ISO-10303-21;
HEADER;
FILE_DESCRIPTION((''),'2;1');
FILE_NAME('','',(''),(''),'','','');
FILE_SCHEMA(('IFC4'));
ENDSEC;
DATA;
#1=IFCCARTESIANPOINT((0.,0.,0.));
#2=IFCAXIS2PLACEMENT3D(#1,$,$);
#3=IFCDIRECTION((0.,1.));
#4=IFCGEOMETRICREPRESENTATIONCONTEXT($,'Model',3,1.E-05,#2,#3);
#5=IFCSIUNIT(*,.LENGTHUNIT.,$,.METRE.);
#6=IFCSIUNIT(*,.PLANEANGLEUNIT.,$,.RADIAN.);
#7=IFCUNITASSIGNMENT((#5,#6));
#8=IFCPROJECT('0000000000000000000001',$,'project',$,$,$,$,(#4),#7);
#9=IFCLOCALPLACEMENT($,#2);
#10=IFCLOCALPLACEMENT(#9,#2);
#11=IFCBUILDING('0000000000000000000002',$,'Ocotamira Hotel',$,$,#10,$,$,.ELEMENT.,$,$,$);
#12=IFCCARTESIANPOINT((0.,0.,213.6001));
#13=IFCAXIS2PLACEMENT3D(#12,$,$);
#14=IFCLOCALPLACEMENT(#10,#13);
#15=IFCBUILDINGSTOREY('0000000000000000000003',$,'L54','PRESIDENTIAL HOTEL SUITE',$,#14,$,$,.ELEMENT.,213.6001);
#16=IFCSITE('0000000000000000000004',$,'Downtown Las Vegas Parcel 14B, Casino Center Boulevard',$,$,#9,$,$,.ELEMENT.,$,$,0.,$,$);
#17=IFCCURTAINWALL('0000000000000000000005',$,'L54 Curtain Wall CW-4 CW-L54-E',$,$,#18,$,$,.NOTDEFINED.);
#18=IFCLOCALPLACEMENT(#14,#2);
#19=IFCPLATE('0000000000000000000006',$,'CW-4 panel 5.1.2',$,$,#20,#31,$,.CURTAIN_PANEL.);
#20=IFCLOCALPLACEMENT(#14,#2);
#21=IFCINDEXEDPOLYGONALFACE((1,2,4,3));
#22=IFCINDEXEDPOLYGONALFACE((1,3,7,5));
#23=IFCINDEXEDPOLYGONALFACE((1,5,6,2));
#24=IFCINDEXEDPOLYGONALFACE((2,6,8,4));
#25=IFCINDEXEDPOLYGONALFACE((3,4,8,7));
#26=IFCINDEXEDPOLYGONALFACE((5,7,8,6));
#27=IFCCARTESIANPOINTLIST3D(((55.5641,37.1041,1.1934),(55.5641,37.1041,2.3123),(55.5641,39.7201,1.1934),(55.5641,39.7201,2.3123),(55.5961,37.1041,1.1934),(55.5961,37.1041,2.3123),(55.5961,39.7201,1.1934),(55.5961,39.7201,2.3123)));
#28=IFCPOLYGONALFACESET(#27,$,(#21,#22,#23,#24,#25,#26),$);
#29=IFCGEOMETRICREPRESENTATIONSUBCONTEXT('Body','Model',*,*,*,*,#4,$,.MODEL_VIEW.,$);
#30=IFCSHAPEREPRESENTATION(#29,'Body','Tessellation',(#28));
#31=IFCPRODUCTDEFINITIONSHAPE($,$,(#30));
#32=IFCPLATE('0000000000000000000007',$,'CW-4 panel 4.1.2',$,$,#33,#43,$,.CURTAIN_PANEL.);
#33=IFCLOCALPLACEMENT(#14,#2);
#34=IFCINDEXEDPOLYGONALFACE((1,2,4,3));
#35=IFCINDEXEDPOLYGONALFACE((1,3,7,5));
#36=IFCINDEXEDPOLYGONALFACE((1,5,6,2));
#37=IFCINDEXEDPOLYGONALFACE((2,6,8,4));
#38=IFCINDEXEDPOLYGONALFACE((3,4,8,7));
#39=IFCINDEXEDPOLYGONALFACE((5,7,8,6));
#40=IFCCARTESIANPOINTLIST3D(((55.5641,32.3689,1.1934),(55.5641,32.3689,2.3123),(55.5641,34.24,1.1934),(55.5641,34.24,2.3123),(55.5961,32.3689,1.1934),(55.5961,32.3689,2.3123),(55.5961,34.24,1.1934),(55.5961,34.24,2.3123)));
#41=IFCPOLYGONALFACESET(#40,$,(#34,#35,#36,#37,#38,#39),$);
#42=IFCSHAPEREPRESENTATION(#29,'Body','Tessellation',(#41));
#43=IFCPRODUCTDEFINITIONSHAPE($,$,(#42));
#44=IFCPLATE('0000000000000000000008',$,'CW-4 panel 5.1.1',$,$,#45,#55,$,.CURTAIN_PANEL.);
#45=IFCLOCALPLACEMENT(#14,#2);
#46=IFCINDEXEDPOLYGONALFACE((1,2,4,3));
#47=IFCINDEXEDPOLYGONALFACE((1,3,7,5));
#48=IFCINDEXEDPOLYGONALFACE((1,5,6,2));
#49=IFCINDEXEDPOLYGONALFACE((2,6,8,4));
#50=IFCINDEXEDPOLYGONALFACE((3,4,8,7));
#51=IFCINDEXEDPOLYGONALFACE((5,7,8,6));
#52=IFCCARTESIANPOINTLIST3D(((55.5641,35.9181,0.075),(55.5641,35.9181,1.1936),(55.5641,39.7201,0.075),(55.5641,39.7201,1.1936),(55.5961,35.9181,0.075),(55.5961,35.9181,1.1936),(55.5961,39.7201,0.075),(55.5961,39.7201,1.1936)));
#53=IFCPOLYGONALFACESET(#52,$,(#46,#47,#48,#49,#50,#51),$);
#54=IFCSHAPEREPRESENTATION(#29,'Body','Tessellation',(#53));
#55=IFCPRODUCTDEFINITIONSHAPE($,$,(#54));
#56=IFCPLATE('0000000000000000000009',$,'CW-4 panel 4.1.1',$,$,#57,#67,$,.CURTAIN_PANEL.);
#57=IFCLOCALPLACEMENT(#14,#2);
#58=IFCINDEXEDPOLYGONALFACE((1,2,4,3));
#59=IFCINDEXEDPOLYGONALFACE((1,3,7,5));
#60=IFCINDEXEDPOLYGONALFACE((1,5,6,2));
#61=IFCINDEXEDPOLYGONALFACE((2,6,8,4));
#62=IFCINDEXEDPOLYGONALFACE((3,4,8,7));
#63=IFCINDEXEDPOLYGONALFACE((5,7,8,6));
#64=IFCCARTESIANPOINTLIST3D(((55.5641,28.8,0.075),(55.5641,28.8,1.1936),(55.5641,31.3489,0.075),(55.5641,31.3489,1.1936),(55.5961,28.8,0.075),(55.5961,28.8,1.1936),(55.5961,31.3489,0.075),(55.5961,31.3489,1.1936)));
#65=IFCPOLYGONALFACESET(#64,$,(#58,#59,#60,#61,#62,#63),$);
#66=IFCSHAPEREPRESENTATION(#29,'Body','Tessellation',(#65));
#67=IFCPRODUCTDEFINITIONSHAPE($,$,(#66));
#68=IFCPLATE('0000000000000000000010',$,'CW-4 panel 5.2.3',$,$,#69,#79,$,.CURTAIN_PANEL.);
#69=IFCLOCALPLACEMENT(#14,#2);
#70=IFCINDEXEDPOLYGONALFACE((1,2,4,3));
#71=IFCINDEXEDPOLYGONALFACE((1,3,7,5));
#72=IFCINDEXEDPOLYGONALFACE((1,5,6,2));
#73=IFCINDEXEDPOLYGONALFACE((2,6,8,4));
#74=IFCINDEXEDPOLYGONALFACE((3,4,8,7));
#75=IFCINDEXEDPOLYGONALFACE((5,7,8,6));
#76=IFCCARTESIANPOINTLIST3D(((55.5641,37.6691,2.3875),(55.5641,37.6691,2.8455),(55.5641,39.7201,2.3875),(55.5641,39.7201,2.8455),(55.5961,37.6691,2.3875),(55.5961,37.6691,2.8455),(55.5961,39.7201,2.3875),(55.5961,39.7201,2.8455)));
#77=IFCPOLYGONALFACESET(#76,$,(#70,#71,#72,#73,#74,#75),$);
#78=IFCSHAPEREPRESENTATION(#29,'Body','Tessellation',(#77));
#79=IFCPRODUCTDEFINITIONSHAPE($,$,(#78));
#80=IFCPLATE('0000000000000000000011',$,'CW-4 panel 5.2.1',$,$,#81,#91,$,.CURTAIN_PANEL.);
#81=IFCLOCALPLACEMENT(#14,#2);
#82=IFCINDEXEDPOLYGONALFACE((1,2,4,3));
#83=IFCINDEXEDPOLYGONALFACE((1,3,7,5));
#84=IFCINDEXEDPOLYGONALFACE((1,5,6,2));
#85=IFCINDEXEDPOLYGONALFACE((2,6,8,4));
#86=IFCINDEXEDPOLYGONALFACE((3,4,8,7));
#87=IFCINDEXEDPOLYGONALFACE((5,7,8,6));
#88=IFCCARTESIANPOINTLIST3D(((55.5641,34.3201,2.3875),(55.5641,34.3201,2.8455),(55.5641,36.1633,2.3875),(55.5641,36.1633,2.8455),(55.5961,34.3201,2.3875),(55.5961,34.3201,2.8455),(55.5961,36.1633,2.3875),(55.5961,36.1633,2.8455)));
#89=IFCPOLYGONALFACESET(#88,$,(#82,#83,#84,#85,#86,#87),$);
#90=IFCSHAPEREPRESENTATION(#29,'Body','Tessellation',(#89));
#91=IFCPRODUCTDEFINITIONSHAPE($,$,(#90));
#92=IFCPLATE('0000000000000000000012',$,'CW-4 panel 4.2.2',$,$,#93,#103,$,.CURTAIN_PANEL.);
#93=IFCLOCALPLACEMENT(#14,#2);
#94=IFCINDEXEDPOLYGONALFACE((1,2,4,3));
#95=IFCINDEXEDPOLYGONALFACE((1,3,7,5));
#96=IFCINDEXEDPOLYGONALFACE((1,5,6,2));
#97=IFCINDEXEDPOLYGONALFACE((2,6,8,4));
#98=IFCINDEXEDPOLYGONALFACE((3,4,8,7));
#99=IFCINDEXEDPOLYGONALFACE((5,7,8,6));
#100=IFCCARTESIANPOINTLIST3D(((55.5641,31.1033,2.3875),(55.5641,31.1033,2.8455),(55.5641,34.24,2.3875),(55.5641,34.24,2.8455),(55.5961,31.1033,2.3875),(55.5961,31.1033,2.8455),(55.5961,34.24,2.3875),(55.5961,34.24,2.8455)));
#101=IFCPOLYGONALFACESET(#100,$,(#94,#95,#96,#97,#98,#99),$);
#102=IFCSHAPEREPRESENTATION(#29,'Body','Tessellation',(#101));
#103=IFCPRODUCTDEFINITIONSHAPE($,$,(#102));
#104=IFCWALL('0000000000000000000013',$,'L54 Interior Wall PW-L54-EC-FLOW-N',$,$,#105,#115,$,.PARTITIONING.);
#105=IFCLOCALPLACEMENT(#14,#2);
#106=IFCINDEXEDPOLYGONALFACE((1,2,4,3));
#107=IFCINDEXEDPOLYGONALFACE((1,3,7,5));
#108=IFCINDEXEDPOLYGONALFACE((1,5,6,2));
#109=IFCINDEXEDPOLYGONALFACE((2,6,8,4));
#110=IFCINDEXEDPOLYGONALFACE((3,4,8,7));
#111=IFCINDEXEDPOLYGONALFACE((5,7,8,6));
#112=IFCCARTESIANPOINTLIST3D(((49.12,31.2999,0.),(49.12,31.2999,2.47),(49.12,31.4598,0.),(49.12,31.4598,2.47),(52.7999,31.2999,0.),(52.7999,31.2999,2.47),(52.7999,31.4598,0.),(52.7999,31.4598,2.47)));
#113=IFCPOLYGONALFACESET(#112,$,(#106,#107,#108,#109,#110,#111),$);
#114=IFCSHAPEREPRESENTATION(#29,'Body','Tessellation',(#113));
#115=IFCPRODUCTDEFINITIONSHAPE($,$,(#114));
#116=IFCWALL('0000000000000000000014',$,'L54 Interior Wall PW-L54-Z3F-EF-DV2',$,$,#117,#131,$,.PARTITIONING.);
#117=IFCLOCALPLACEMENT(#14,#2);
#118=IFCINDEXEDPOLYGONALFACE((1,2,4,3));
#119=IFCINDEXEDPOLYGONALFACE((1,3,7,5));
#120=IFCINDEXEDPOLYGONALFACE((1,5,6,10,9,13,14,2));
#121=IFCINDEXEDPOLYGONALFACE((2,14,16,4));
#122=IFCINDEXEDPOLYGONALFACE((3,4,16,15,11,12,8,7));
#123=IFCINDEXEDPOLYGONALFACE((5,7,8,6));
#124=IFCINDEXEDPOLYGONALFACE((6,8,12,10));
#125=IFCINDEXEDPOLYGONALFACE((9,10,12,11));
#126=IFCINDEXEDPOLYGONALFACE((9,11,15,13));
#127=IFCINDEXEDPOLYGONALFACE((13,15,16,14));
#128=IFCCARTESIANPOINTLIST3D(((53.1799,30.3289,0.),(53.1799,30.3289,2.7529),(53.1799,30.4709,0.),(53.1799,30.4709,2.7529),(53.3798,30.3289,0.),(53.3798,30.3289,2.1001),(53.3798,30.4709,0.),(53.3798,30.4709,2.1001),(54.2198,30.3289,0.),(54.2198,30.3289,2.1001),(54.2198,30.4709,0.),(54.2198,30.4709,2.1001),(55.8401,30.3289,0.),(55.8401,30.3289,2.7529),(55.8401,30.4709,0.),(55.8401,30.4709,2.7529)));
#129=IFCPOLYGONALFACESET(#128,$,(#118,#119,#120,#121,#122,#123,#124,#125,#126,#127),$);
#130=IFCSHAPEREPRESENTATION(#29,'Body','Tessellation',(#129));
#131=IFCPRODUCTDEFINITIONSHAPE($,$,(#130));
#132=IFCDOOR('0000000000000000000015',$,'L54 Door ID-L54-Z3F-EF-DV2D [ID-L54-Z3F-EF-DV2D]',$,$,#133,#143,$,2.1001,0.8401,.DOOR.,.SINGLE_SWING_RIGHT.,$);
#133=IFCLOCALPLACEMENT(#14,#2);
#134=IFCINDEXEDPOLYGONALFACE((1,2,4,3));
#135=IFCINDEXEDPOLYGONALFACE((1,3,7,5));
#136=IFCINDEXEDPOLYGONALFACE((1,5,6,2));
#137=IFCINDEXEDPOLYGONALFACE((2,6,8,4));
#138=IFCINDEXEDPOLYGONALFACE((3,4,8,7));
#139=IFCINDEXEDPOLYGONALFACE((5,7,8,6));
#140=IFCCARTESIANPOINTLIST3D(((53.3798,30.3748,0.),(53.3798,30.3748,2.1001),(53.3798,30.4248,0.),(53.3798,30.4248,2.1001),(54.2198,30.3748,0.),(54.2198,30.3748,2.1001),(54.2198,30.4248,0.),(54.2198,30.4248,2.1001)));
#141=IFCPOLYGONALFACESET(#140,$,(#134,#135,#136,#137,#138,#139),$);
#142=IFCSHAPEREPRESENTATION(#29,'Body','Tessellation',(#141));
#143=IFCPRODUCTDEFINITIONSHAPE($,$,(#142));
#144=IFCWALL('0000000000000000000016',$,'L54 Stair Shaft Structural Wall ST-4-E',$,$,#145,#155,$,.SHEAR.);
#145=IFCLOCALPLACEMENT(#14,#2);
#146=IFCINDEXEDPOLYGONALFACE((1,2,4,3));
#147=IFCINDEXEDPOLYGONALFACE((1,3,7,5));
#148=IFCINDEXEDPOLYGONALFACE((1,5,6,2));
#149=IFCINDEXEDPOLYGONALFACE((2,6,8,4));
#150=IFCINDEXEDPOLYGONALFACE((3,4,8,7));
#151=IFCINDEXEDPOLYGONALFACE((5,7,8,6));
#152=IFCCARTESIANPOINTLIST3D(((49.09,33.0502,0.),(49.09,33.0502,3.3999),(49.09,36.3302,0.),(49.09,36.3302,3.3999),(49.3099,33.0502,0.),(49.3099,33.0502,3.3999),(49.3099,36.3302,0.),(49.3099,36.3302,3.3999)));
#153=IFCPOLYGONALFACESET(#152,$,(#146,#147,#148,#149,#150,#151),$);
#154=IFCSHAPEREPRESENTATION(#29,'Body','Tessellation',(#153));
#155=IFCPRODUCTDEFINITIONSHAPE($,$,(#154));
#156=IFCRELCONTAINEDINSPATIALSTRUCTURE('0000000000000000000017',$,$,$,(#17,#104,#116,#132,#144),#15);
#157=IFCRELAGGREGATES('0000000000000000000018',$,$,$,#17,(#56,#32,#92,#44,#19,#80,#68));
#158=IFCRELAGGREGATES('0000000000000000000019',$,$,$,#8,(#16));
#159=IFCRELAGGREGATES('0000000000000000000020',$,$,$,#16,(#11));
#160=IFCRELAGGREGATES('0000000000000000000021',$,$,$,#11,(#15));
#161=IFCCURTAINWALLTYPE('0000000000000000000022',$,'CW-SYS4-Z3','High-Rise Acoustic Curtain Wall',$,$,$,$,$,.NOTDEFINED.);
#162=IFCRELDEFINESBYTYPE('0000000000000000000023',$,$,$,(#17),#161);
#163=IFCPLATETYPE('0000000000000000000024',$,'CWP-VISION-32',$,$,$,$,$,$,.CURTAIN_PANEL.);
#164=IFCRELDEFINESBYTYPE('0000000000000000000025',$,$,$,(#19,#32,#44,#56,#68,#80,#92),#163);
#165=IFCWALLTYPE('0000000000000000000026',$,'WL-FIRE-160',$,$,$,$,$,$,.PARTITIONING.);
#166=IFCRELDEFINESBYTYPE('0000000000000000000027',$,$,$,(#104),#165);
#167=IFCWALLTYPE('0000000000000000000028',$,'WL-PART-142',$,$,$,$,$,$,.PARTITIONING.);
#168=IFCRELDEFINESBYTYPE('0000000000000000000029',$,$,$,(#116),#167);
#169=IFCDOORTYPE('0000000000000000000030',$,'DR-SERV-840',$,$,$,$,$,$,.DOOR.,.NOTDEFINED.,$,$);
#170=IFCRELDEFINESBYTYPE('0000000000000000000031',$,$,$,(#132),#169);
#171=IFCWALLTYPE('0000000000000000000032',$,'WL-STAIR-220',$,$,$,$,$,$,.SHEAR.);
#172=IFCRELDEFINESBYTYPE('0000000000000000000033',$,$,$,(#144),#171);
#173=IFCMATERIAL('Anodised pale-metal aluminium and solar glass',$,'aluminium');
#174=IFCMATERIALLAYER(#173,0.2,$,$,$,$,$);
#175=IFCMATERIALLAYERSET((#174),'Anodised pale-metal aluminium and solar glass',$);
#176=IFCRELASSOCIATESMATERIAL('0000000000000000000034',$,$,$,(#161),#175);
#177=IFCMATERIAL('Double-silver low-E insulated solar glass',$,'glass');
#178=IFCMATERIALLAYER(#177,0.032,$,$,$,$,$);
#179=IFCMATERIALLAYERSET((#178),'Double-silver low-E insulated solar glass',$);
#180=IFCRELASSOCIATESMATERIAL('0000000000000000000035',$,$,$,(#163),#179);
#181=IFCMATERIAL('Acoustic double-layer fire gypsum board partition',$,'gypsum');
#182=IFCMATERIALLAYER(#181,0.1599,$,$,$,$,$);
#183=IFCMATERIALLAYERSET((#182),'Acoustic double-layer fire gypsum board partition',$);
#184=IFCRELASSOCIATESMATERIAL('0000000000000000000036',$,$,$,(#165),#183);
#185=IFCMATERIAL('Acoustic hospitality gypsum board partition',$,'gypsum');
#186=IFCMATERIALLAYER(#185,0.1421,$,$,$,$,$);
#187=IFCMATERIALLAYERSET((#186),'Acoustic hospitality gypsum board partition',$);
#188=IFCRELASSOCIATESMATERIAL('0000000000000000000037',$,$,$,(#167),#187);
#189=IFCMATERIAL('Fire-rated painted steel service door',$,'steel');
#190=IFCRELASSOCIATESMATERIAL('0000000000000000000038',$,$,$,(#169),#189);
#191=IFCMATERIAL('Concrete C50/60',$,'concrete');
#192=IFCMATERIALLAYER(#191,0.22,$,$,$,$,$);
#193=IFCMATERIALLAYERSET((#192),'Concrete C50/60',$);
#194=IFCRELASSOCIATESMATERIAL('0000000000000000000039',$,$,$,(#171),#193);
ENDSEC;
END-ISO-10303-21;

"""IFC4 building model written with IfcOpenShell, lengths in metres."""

from ifc_helpers import new_model, si_unit, direction, frame, frame_2d, origin, origin_2d, place, context, subcontext, project, spatial, rectangle, extrude, source, transform, mapped, material, layer, layer_set, type_object, element, fill, aggregate, save


model = new_model("IFC4")

# Units and contexts
model_context = context("Model", 3, precision=1e-05, world=origin(), true_north=direction((0.0, 1.0)))
body_context = subcontext(model_context, "Body", "Model", "MODEL_VIEW")
ifc_project = project(units=[si_unit("LENGTHUNIT", "METRE"), si_unit("PLANEANGLEUNIT", "RADIAN")], contexts=[model_context])

# Site, building, storey
site_placement = place(None, origin())
site = spatial("IfcSite", under=ifc_project, at=site_placement, Name="Downtown Las Vegas Parcel 14B, Casino Center Boulevard", CompositionType="ELEMENT", RefElevation=0.0)
building_placement = place(site_placement, origin())
building = spatial("IfcBuilding", under=site, at=building_placement, Name="Ocotamira Hotel", CompositionType="ELEMENT")
storey_placement = place(building_placement, frame((0.0, 0.0, 213.6001)))
storey = spatial("IfcBuildingStorey", under=building, at=storey_placement, Name="L54", Description="PRESIDENTIAL HOTEL SUITE", CompositionType="ELEMENT", Elevation=213.6001)

# Curtain wall
ifc_material_1 = material(Name="Anodised pale-metal aluminium and solar glass", Category="aluminium")
ifc_layer_1 = layer(ifc_material_1, 0.2)
ifc_layer_set_1 = layer_set([ifc_layer_1], Name="Anodised pale-metal aluminium and solar glass")
curtain_wall_type = type_object("IfcCurtainWallType", Name="CW-SYS4-Z3", Description="High-Rise Acoustic Curtain Wall", PredefinedType="NOTDEFINED", material=ifc_layer_set_1)
curtain_wall_placement = place(storey_placement, origin())
curtain_wall = element("IfcCurtainWall", 1, at=curtain_wall_placement, inside=storey, type_object=curtain_wall_type, Name="L54 Curtain Wall CW-4 CW-L54-E", PredefinedType="NOTDEFINED")

# Plates
ifc_material_2 = material(Name="Double-silver low-E insulated solar glass", Category="glass")
ifc_layer_2 = layer(ifc_material_2, 0.032)
ifc_layer_set_2 = layer_set([ifc_layer_2], Name="Double-silver low-E insulated solar glass")
plate_type_1 = type_object("IfcPlateType", Name="CWP-VISION-32", PredefinedType="CURTAIN_PANEL", material=ifc_layer_set_2)
shared_shape_1 = source(origin(), body_context, "Body", "SweptSolid", [
    extrude(rectangle(XDim=2.616, YDim=0.032, at=origin_2d()), origin(), (0.0, 0.0, 1.0), 1.1189),
])
plate_1_placement = place(storey_placement, frame((55.5801, 38.4121, 1.1934), z_axis=(0.0, 0.0, 1.0), x_axis=(0.0, 1.0, 0.0)))
plate_1 = element("IfcPlate", 2, at=plate_1_placement, type_object=plate_type_1, Name="CW-4 panel 5.1.2", PredefinedType="CURTAIN_PANEL", context=body_context, shape_type="MappedRepresentation", body=[
    mapped(shared_shape_1, transform((0.0, 0.0, 0.0), scale=1.0)),
])
shared_shape_2 = source(origin(), body_context, "Body", "SweptSolid", [
    extrude(rectangle(XDim=1.8711, YDim=0.032, at=origin_2d()), origin(), (0.0, 0.0, 1.0), 1.1189),
])
plate_2_placement = place(storey_placement, frame((55.5801, 33.3044, 1.1934), z_axis=(0.0, 0.0, 1.0), x_axis=(0.0, 1.0, 0.0)))
plate_2 = element("IfcPlate", 3, at=plate_2_placement, type_object=plate_type_1, Name="CW-4 panel 4.1.2", PredefinedType="CURTAIN_PANEL", context=body_context, shape_type="MappedRepresentation", body=[
    mapped(shared_shape_2, transform((0.0, 0.0, 0.0), scale=1.0)),
])
shared_shape_3 = source(origin(), body_context, "Body", "SweptSolid", [
    extrude(rectangle(XDim=3.802, YDim=0.032, at=origin_2d()), origin(), (0.0, 0.0, 1.0), 1.1187),
])
plate_3_placement = place(storey_placement, frame((55.5801, 37.8191, 0.075), z_axis=(0.0, 0.0, 1.0), x_axis=(0.0, 1.0, 0.0)))
plate_3 = element("IfcPlate", 4, at=plate_3_placement, type_object=plate_type_1, Name="CW-4 panel 5.1.1", PredefinedType="CURTAIN_PANEL", context=body_context, shape_type="MappedRepresentation", body=[
    mapped(shared_shape_3, transform((0.0, 0.0, 0.0), scale=1.0)),
])
shared_shape_4 = source(origin(), body_context, "Body", "SweptSolid", [
    extrude(rectangle(XDim=2.5488, YDim=0.032, at=origin_2d()), origin(), (0.0, 0.0, 1.0), 1.1187),
])
plate_4_placement = place(storey_placement, frame((55.5801, 30.0745, 0.075), z_axis=(0.0, 0.0, 1.0), x_axis=(0.0, 1.0, 0.0)))
plate_4 = element("IfcPlate", 5, at=plate_4_placement, type_object=plate_type_1, Name="CW-4 panel 4.1.1", PredefinedType="CURTAIN_PANEL", context=body_context, shape_type="MappedRepresentation", body=[
    mapped(shared_shape_4, transform((0.0, 0.0, 0.0), scale=1.0)),
])
shared_shape_5 = source(origin(), body_context, "Body", "SweptSolid", [
    extrude(rectangle(XDim=2.051, YDim=0.032, at=origin_2d()), origin(), (0.0, 0.0, 1.0), 0.458),
])
plate_5_placement = place(storey_placement, frame((55.5801, 38.6946, 2.3875), z_axis=(0.0, 0.0, 1.0), x_axis=(0.0, 1.0, 0.0)))
plate_5 = element("IfcPlate", 6, at=plate_5_placement, type_object=plate_type_1, Name="CW-4 panel 5.2.3", PredefinedType="CURTAIN_PANEL", context=body_context, shape_type="MappedRepresentation", body=[
    mapped(shared_shape_5, transform((0.0, 0.0, 0.0), scale=1.0)),
])
shared_shape_6 = source(origin(), body_context, "Body", "SweptSolid", [
    extrude(rectangle(XDim=1.8433, YDim=0.032, at=origin_2d()), origin(), (0.0, 0.0, 1.0), 0.458),
])
plate_6_placement = place(storey_placement, frame((55.5801, 35.2417, 2.3875), z_axis=(0.0, 0.0, 1.0), x_axis=(0.0, 1.0, 0.0)))
plate_6 = element("IfcPlate", 7, at=plate_6_placement, type_object=plate_type_1, Name="CW-4 panel 5.2.1", PredefinedType="CURTAIN_PANEL", context=body_context, shape_type="MappedRepresentation", body=[
    mapped(shared_shape_6, transform((0.0, 0.0, 0.0), scale=1.0)),
])
shared_shape_7 = source(origin(), body_context, "Body", "SweptSolid", [
    extrude(rectangle(XDim=3.1367, YDim=0.032, at=origin_2d()), origin(), (0.0, 0.0, 1.0), 0.458),
])
plate_7_placement = place(storey_placement, frame((55.5801, 32.6716, 2.3875), z_axis=(0.0, 0.0, 1.0), x_axis=(0.0, 1.0, 0.0)))
plate_7 = element("IfcPlate", 8, at=plate_7_placement, type_object=plate_type_1, Name="CW-4 panel 4.2.2", PredefinedType="CURTAIN_PANEL", context=body_context, shape_type="MappedRepresentation", body=[
    mapped(shared_shape_7, transform((0.0, 0.0, 0.0), scale=1.0)),
])
aggregate(curtain_wall, [plate_4, plate_2, plate_7, plate_3, plate_1, plate_6, plate_5])

# Wall
ifc_material_3 = material(Name="Acoustic double-layer fire gypsum board partition", Category="gypsum")
ifc_layer_3 = layer(ifc_material_3, 0.1599)
ifc_layer_set_3 = layer_set([ifc_layer_3], Name="Acoustic double-layer fire gypsum board partition")
wall_type_1 = type_object("IfcWallType", Name="WL-FIRE-160", PredefinedType="PARTITIONING", material=ifc_layer_set_3)
wall_1_placement = place(storey_placement, frame((49.1201, 31.3799, 0.0), z_axis=(0.0, 0.0, 1.0), x_axis=(1.0, 0.0, 0.0)))
element("IfcWall", 9, at=wall_1_placement, inside=storey, type_object=wall_type_1, Name="L54 Interior Wall PW-L54-EC-FLOW-N", PredefinedType="PARTITIONING", context=body_context, shape_type="SweptSolid", body=[
    extrude(rectangle(XDim=3.6799, YDim=0.1599, at=frame_2d((1.8398, 0.0))), origin(), (0.0, 0.0, 1.0), 2.47),
])

# Wall, opening, door
ifc_material_4 = material(Name="Acoustic hospitality gypsum board partition", Category="gypsum")
ifc_layer_4 = layer(ifc_material_4, 0.1421)
ifc_layer_set_4 = layer_set([ifc_layer_4], Name="Acoustic hospitality gypsum board partition")
wall_type_2 = type_object("IfcWallType", Name="WL-PART-142", PredefinedType="PARTITIONING", material=ifc_layer_set_4)
wall_2_placement = place(storey_placement, frame((53.1799, 30.3999, 0.0), z_axis=(0.0, 0.0, 1.0), x_axis=(1.0, 0.0, 0.0)))
wall_2 = element("IfcWall", 10, at=wall_2_placement, inside=storey, type_object=wall_type_2, Name="L54 Interior Wall PW-L54-Z3F-EF-DV2", PredefinedType="PARTITIONING", context=body_context, shape_type="SweptSolid", body=[
    extrude(rectangle(XDim=2.6602, YDim=0.1421, at=frame_2d((1.3301, 0.0))), origin(), (0.0, 0.0, 1.0), 2.7529),
])
opening_1_placement = place(wall_2_placement, frame((0.2, 0.0, 0.0)))
opening_1 = element("IfcOpeningElement", 11, at=opening_1_placement, cuts=wall_2, PredefinedType="OPENING", context=body_context, shape_type="SweptSolid", body=[
    extrude(rectangle(XDim=0.8401, YDim=2.1001, at=frame_2d((0.4199, 1.05))), frame((0.0, 0.0811, 0.0), z_axis=(0.0, -1.0, 0.0), x_axis=(1.0, 0.0, 0.0)), (0.0, 0.0, 1.0), 0.1621),
])
ifc_material_5 = material(Name="Fire-rated painted steel service door", Category="steel")
door_type_1 = type_object("IfcDoorType", Name="DR-SERV-840", OperationType="NOTDEFINED", PredefinedType="DOOR", material=ifc_material_5)
shared_shape_8 = source(origin(), body_context, "Body", "SweptSolid", [
    extrude(rectangle(XDim=0.8401, YDim=2.1001, at=frame_2d((0.4199, 1.05))), frame((0.0, 0.0249, 0.0), z_axis=(0.0, -1.0, 0.0), x_axis=(1.0, 0.0, 0.0)), (0.0, 0.0, 1.0), 0.05),
])
door_1_placement = place(opening_1_placement, origin())
door_1 = element("IfcDoor", 12, at=door_1_placement, inside=storey, type_object=door_type_1, Name="L54 Door ID-L54-Z3F-EF-DV2D [ID-L54-Z3F-EF-DV2D]", OperationType="SINGLE_SWING_RIGHT", OverallHeight=2.1001, OverallWidth=0.8401, PredefinedType="DOOR", context=body_context, shape_type="MappedRepresentation", body=[
    mapped(shared_shape_8, transform((0.0, 0.0, 0.0), scale=1.0)),
])
fill(opening_1, door_1)

# Wall
ifc_material_6 = material(Name="Concrete C50/60", Category="concrete")
ifc_layer_5 = layer(ifc_material_6, 0.22)
ifc_layer_set_5 = layer_set([ifc_layer_5], Name="Concrete C50/60")
wall_type_3 = type_object("IfcWallType", Name="WL-STAIR-220", PredefinedType="SHEAR", material=ifc_layer_set_5)
wall_3_placement = place(storey_placement, frame((49.2, 33.05, 0.0), z_axis=(0.0, 0.0, 1.0), x_axis=(0.0, 1.0, 0.0)))
element("IfcWall", 13, at=wall_3_placement, inside=storey, type_object=wall_type_3, Name="L54 Stair Shaft Structural Wall ST-4-E", PredefinedType="SHEAR", context=body_context, shape_type="SweptSolid", body=[
    extrude(rectangle(XDim=3.28, YDim=0.22, at=frame_2d((1.6401, 0.0))), origin(), (0.0, 0.0, 1.0), 3.3999),
])

save(model, "model.ifc")
